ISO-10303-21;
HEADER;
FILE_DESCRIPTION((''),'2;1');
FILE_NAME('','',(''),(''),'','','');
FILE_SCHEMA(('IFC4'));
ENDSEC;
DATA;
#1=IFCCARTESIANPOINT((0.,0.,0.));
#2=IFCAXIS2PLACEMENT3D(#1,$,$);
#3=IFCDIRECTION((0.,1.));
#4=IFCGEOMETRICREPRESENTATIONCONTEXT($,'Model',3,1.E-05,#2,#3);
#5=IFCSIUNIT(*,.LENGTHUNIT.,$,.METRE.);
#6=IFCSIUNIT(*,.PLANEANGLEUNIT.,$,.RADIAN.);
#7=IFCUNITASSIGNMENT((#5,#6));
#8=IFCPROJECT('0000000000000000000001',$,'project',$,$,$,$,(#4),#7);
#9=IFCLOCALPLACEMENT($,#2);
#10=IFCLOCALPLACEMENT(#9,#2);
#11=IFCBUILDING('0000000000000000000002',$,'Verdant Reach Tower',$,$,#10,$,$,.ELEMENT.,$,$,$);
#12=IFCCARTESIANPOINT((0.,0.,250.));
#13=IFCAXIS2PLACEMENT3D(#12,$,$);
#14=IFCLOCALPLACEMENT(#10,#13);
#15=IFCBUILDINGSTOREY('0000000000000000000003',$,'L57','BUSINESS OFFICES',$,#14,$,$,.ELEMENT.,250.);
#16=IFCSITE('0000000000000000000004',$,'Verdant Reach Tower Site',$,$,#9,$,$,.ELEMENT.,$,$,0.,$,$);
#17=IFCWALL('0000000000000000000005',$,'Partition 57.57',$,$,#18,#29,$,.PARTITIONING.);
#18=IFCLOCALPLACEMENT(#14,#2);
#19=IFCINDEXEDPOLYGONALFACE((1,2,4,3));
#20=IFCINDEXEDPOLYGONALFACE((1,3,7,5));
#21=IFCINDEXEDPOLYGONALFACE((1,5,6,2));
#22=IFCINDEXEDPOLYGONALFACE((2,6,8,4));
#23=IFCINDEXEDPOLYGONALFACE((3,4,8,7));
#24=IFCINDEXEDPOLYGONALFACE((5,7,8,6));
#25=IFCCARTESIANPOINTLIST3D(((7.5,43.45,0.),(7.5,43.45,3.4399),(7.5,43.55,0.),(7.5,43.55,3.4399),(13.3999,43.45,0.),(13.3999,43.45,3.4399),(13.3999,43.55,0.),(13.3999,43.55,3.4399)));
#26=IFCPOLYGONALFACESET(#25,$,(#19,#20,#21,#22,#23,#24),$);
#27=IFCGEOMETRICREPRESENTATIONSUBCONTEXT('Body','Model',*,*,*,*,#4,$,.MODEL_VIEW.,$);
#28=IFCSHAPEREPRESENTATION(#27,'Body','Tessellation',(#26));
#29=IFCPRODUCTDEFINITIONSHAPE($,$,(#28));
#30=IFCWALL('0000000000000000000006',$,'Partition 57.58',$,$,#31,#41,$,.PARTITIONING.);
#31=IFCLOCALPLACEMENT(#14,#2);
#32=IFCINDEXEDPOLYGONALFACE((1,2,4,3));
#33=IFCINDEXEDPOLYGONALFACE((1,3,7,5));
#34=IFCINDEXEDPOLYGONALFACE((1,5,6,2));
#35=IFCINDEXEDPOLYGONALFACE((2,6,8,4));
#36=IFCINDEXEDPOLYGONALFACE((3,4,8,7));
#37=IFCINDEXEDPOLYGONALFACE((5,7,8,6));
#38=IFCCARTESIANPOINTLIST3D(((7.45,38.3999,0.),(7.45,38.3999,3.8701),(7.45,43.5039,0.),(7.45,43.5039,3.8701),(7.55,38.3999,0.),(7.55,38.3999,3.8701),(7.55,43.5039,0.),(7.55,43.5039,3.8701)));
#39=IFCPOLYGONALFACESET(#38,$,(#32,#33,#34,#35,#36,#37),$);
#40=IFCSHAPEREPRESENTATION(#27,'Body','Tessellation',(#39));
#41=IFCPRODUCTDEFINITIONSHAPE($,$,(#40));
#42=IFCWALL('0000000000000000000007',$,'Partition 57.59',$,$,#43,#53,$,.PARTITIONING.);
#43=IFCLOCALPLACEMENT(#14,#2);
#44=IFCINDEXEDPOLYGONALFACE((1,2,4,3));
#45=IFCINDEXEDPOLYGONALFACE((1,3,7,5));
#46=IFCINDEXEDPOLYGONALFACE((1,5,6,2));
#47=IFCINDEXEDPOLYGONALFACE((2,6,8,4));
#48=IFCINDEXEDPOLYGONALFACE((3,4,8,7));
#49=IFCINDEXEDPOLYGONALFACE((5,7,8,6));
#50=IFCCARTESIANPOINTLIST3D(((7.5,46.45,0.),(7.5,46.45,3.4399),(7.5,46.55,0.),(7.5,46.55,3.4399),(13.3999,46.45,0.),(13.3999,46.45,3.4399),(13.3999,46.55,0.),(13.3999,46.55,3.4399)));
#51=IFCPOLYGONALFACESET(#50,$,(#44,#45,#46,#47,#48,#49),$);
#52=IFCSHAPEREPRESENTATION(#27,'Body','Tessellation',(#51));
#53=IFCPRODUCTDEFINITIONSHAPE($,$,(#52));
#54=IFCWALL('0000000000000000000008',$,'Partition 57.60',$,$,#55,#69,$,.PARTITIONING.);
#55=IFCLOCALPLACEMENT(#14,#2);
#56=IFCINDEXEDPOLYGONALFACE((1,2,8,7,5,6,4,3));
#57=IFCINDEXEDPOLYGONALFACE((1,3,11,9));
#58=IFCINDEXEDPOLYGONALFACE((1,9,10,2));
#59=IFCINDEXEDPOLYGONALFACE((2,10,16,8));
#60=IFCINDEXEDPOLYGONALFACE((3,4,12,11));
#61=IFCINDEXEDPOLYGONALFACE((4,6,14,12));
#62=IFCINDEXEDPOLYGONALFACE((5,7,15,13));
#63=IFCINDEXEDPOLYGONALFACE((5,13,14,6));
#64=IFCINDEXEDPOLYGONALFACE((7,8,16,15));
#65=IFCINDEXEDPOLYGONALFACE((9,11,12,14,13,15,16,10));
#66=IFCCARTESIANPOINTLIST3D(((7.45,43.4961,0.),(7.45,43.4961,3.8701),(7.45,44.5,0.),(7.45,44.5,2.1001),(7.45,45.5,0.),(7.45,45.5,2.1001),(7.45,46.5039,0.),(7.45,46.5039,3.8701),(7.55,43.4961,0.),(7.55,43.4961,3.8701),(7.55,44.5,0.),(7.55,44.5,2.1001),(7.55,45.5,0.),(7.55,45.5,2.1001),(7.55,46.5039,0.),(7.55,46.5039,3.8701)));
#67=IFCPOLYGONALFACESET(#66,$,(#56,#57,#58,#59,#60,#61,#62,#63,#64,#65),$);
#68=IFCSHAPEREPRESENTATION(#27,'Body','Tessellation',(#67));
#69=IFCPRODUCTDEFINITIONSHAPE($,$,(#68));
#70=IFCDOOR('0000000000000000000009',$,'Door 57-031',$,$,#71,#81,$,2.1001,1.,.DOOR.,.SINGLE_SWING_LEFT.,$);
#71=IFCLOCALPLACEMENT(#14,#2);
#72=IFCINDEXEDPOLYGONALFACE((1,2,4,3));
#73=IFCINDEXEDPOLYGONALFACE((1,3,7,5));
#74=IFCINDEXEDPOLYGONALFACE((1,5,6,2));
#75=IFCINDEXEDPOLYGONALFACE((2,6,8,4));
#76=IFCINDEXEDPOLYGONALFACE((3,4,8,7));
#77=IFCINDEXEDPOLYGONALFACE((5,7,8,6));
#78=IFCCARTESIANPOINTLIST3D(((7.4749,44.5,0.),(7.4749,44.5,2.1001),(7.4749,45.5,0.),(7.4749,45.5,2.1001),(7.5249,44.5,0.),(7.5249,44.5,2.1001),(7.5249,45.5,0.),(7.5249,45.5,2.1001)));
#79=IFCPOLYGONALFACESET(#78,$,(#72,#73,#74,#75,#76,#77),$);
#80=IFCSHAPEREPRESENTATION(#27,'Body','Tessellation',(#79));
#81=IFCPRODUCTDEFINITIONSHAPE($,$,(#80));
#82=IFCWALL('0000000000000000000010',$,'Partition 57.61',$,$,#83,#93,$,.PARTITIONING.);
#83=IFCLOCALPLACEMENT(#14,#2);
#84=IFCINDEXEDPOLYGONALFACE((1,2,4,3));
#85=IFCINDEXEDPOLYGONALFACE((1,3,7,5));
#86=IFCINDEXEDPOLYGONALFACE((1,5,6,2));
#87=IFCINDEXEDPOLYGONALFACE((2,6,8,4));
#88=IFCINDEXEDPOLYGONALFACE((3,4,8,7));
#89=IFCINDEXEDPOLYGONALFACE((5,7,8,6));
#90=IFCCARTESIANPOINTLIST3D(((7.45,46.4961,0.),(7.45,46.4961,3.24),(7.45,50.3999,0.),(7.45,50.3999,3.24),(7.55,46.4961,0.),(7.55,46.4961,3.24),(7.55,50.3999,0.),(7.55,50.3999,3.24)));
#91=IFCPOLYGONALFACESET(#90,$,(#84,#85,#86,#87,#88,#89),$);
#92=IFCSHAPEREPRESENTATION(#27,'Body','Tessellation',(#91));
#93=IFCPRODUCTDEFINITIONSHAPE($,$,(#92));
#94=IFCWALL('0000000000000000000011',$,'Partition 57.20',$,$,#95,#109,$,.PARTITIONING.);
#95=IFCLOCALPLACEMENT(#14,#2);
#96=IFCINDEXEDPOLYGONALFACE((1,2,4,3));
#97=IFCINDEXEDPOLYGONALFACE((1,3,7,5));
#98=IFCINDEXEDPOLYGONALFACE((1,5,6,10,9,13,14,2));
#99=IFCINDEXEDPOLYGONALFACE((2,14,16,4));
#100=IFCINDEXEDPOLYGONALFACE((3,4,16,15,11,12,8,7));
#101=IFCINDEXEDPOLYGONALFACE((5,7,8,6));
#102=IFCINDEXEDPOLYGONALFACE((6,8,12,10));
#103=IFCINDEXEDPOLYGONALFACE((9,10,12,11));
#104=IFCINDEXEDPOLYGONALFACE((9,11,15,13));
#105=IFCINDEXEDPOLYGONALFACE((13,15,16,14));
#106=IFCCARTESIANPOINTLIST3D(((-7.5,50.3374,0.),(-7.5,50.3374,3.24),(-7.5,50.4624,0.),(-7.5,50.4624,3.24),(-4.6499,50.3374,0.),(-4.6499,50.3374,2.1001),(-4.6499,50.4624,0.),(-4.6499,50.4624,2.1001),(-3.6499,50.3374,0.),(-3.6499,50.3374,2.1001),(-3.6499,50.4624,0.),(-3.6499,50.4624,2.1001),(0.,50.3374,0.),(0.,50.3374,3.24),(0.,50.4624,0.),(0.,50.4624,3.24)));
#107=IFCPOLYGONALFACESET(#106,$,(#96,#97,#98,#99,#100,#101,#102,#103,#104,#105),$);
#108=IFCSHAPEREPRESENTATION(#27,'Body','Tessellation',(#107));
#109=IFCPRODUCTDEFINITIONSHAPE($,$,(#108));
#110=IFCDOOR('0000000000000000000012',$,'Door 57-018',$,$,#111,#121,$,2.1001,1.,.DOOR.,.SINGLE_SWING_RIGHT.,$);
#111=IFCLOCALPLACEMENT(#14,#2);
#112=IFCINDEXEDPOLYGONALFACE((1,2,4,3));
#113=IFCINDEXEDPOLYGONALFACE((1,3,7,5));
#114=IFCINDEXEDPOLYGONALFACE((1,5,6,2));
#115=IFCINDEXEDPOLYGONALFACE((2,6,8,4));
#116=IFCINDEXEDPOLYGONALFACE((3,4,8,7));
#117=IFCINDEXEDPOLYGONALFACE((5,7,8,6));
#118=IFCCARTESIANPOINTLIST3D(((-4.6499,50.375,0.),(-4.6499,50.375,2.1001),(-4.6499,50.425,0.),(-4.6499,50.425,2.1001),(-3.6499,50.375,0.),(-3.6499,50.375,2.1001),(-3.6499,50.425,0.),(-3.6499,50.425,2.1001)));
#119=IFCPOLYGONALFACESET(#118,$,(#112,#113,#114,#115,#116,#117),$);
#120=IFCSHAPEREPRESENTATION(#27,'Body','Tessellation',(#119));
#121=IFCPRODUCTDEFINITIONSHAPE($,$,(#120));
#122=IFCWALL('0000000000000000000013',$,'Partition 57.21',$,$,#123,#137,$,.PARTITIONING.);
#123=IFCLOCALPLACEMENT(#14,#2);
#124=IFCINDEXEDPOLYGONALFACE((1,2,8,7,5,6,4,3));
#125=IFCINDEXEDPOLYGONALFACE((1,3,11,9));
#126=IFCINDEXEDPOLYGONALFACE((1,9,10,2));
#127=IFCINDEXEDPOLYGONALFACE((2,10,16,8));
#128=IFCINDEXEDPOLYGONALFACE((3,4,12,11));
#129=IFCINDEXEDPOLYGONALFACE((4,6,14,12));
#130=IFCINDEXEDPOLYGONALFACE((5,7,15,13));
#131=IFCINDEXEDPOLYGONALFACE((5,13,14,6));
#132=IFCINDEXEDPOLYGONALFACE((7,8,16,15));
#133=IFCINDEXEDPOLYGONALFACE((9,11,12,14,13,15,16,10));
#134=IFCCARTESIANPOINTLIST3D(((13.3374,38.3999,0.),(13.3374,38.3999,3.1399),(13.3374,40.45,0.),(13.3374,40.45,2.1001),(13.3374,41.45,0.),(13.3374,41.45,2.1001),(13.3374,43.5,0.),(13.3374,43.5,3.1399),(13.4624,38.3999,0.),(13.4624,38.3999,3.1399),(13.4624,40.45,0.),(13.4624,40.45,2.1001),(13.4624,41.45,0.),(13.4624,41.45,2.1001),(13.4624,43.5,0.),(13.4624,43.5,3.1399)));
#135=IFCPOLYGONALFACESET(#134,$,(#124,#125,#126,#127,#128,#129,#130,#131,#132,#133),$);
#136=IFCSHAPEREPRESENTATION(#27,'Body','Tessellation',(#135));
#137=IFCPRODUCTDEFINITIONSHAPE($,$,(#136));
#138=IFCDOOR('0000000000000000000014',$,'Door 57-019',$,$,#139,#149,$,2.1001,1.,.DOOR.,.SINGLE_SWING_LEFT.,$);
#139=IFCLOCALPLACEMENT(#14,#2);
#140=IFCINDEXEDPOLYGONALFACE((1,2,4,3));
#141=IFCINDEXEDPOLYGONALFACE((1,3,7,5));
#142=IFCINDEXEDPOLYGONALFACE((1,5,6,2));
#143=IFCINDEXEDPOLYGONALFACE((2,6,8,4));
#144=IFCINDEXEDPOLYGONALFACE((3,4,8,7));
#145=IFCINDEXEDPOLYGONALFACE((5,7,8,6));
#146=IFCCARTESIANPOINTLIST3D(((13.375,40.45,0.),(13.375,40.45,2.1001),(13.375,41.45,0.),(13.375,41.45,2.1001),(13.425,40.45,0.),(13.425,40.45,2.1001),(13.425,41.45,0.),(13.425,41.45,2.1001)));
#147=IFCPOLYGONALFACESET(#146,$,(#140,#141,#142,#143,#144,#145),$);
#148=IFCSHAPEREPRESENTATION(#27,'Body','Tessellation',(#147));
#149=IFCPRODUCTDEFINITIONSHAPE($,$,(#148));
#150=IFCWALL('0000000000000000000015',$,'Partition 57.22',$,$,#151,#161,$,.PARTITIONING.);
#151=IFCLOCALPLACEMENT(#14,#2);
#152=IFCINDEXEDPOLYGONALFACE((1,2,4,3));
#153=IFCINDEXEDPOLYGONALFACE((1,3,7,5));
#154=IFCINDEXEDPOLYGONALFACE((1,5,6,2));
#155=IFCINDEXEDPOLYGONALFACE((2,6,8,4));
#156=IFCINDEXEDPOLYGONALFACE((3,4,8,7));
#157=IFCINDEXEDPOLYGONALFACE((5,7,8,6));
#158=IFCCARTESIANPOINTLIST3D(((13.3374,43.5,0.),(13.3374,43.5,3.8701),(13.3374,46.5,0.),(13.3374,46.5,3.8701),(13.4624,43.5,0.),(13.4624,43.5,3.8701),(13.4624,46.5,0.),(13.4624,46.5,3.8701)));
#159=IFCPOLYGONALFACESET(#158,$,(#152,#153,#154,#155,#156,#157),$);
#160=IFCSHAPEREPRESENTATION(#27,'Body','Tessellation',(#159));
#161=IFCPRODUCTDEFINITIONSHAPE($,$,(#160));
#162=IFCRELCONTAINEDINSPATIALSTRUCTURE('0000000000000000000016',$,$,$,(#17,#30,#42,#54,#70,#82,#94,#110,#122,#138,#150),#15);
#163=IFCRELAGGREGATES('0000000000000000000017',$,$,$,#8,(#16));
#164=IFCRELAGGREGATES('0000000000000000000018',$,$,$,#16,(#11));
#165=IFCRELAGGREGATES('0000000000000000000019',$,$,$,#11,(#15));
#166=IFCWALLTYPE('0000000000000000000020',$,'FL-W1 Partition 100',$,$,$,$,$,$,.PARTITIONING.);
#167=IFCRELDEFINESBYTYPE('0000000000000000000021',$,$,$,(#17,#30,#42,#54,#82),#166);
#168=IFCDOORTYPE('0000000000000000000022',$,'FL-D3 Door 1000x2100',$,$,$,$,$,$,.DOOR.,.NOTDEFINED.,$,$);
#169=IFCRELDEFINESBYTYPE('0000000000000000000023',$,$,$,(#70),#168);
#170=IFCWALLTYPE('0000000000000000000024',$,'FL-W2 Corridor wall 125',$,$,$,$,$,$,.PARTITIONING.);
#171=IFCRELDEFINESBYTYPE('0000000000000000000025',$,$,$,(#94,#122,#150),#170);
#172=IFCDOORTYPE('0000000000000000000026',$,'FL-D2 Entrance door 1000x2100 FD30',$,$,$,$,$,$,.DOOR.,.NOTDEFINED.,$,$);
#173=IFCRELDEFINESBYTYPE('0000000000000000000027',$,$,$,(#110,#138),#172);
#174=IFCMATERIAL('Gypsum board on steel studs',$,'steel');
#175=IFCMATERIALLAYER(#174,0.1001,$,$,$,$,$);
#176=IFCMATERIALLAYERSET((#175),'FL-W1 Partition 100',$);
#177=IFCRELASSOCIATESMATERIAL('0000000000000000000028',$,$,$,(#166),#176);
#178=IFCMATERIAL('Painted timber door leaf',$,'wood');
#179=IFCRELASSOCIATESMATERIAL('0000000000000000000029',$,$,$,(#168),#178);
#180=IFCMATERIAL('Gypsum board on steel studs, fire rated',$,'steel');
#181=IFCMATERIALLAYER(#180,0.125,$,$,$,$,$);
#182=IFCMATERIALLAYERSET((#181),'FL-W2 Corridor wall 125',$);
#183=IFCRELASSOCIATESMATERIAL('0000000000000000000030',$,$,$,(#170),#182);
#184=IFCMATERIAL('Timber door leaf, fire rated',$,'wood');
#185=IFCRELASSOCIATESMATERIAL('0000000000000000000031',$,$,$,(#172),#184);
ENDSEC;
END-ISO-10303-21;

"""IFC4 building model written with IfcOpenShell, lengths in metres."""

from ifc_helpers import new_model, si_unit, direction, frame, frame_2d, origin, place, context, subcontext, project, spatial, rectangle, extrude, material, layer, layer_set, type_object, element, fill, save


model = new_model("IFC4")

# Units and contexts
model_context = context("Model", 3, precision=1e-05, world=origin(), true_north=direction((0.0, 1.0)))
body_context = subcontext(model_context, "Body", "Model", "MODEL_VIEW")
ifc_project = project(units=[si_unit("LENGTHUNIT", "METRE"), si_unit("PLANEANGLEUNIT", "RADIAN")], contexts=[model_context])

# Site, building, storey
site_placement = place(None, origin())
site = spatial("IfcSite", under=ifc_project, at=site_placement, Name="Verdant Reach Tower Site", CompositionType="ELEMENT", RefElevation=0.0)
building_placement = place(site_placement, origin())
building = spatial("IfcBuilding", under=site, at=building_placement, Name="Verdant Reach Tower", CompositionType="ELEMENT")
storey_placement = place(building_placement, frame((0.0, 0.0, 250.0)))
storey = spatial("IfcBuildingStorey", under=building, at=storey_placement, Name="L57", Description="BUSINESS OFFICES", CompositionType="ELEMENT", Elevation=250.0)

# Walls
ifc_material_1 = material(Name="Gypsum board on steel studs", Category="steel")
ifc_layer_1 = layer(ifc_material_1, 0.1001)
ifc_layer_set_1 = layer_set([ifc_layer_1], Name="FL-W1 Partition 100")
wall_type_1 = type_object("IfcWallType", Name="FL-W1 Partition 100", PredefinedType="PARTITIONING", material=ifc_layer_set_1)
wall_1_placement = place(storey_placement, frame((13.3999, 43.5, 0.0), z_axis=(0.0, 0.0, 1.0), x_axis=(-1.0, 0.0, 0.0)))
element("IfcWall", 1, at=wall_1_placement, inside=storey, type_object=wall_type_1, Name="Partition 57.57", PredefinedType="PARTITIONING", context=body_context, shape_type="SweptSolid", body=[
    extrude(rectangle(XDim=5.8999, YDim=0.1001, at=frame_2d((2.95, 0.0))), origin(), (0.0, 0.0, 1.0), 3.4399),
])
wall_2_placement = place(storey_placement, frame((7.5, 43.5039, 0.0), z_axis=(0.0, 0.0, 1.0), x_axis=(0.0, -1.0, 0.0)))
element("IfcWall", 2, at=wall_2_placement, inside=storey, type_object=wall_type_1, Name="Partition 57.58", PredefinedType="PARTITIONING", context=body_context, shape_type="SweptSolid", body=[
    extrude(rectangle(XDim=5.104, YDim=0.1001, at=frame_2d((2.552, 0.0))), origin(), (0.0, 0.0, 1.0), 3.8701),
])
wall_3_placement = place(storey_placement, frame((13.3999, 46.5, 0.0), z_axis=(0.0, 0.0, 1.0), x_axis=(-1.0, 0.0, 0.0)))
element("IfcWall", 3, at=wall_3_placement, inside=storey, type_object=wall_type_1, Name="Partition 57.59", PredefinedType="PARTITIONING", context=body_context, shape_type="SweptSolid", body=[
    extrude(rectangle(XDim=5.8999, YDim=0.1001, at=frame_2d((2.95, 0.0))), origin(), (0.0, 0.0, 1.0), 3.4399),
])

# Wall, opening, door
wall_4_placement = place(storey_placement, frame((7.5, 46.5039, 0.0), z_axis=(0.0, 0.0, 1.0), x_axis=(0.0, -1.0, 0.0)))
wall_4 = element("IfcWall", 4, at=wall_4_placement, inside=storey, type_object=wall_type_1, Name="Partition 57.60", PredefinedType="PARTITIONING", context=body_context, shape_type="SweptSolid", body=[
    extrude(rectangle(XDim=3.0078, YDim=0.1001, at=frame_2d((1.5039, 0.0))), origin(), (0.0, 0.0, 1.0), 3.8701),
])
opening_1_placement = place(wall_4_placement, frame((1.0039, 0.0, 0.0)))
opening_1 = element("IfcOpeningElement", 5, at=opening_1_placement, cuts=wall_4, PredefinedType="OPENING", context=body_context, shape_type="SweptSolid", body=[
    extrude(rectangle(XDim=1.0, YDim=2.1001, at=frame_2d((0.5, 1.05))), frame((0.0, 0.0601, 0.0), z_axis=(0.0, -1.0, 0.0), x_axis=(1.0, 0.0, 0.0)), (0.0, 0.0, 1.0), 0.1201),
])
ifc_material_2 = material(Name="Painted timber door leaf", Category="wood")
door_type_1 = type_object("IfcDoorType", Name="FL-D3 Door 1000x2100", OperationType="NOTDEFINED", PredefinedType="DOOR", material=ifc_material_2)
door_1_placement = place(opening_1_placement, origin())
door_1 = element("IfcDoor", 6, at=door_1_placement, inside=storey, type_object=door_type_1, Name="Door 57-031", OperationType="SINGLE_SWING_LEFT", OverallHeight=2.1001, OverallWidth=1.0, PredefinedType="DOOR", context=body_context, shape_type="SweptSolid", body=[
    extrude(rectangle(XDim=1.0, YDim=2.1001, at=frame_2d((0.5, 1.05))), frame((0.0, 0.0249, 0.0), z_axis=(0.0, -1.0, 0.0), x_axis=(1.0, 0.0, 0.0)), (0.0, 0.0, 1.0), 0.05),
])
fill(opening_1, door_1)

# Wall
wall_5_placement = place(storey_placement, frame((7.5, 50.3999, 0.0), z_axis=(0.0, 0.0, 1.0), x_axis=(0.0, -1.0, 0.0)))
element("IfcWall", 7, at=wall_5_placement, inside=storey, type_object=wall_type_1, Name="Partition 57.61", PredefinedType="PARTITIONING", context=body_context, shape_type="SweptSolid", body=[
    extrude(rectangle(XDim=3.9038, YDim=0.1001, at=frame_2d((1.9519, 0.0))), origin(), (0.0, 0.0, 1.0), 3.24),
])

# Walls, openings, doors
ifc_material_3 = material(Name="Gypsum board on steel studs, fire rated", Category="steel")
ifc_layer_2 = layer(ifc_material_3, 0.125)
ifc_layer_set_2 = layer_set([ifc_layer_2], Name="FL-W2 Corridor wall 125")
wall_type_2 = type_object("IfcWallType", Name="FL-W2 Corridor wall 125", PredefinedType="PARTITIONING", material=ifc_layer_set_2)
wall_6_placement = place(storey_placement, frame((0.0, 50.3999, 0.0), z_axis=(0.0, 0.0, 1.0), x_axis=(-1.0, 0.0, 0.0)))
wall_6 = element("IfcWall", 8, at=wall_6_placement, inside=storey, type_object=wall_type_2, Name="Partition 57.20", PredefinedType="PARTITIONING", context=body_context, shape_type="SweptSolid", body=[
    extrude(rectangle(XDim=7.5, YDim=0.125, at=frame_2d((3.75, 0.0))), origin(), (0.0, 0.0, 1.0), 3.24),
])
opening_2_placement = place(wall_6_placement, frame((3.6499, 0.0, 0.0)))
opening_2 = element("IfcOpeningElement", 9, at=opening_2_placement, cuts=wall_6, PredefinedType="OPENING", context=body_context, shape_type="SweptSolid", body=[
    extrude(rectangle(XDim=1.0, YDim=2.1001, at=frame_2d((0.5, 1.05))), frame((0.0, 0.0725, 0.0), z_axis=(0.0, -1.0, 0.0), x_axis=(1.0, 0.0, 0.0)), (0.0, 0.0, 1.0), 0.145),
])
ifc_material_4 = material(Name="Timber door leaf, fire rated", Category="wood")
door_type_2 = type_object("IfcDoorType", Name="FL-D2 Entrance door 1000x2100 FD30", OperationType="NOTDEFINED", PredefinedType="DOOR", material=ifc_material_4)
door_2_placement = place(opening_2_placement, origin())
door_2 = element("IfcDoor", 10, at=door_2_placement, inside=storey, type_object=door_type_2, Name="Door 57-018", OperationType="SINGLE_SWING_RIGHT", OverallHeight=2.1001, OverallWidth=1.0, PredefinedType="DOOR", context=body_context, shape_type="SweptSolid", body=[
    extrude(rectangle(XDim=1.0, YDim=2.1001, at=frame_2d((0.5, 1.05))), frame((0.0, 0.0249, 0.0), z_axis=(0.0, -1.0, 0.0), x_axis=(1.0, 0.0, 0.0)), (0.0, 0.0, 1.0), 0.05),
])
fill(opening_2, door_2)
wall_7_placement = place(storey_placement, frame((13.3999, 38.3999, 0.0), z_axis=(0.0, 0.0, 1.0), x_axis=(0.0, 1.0, 0.0)))
wall_7 = element("IfcWall", 11, at=wall_7_placement, inside=storey, type_object=wall_type_2, Name="Partition 57.21", PredefinedType="PARTITIONING", context=body_context, shape_type="SweptSolid", body=[
    extrude(rectangle(XDim=5.1001, YDim=0.125, at=frame_2d((2.55, 0.0))), origin(), (0.0, 0.0, 1.0), 3.1399),
])
opening_3_placement = place(wall_7_placement, frame((2.05, 0.0, 0.0)))
opening_3 = element("IfcOpeningElement", 12, at=opening_3_placement, cuts=wall_7, PredefinedType="OPENING", context=body_context, shape_type="SweptSolid", body=[
    extrude(rectangle(XDim=1.0, YDim=2.1001, at=frame_2d((0.5, 1.05))), frame((0.0, 0.0725, 0.0), z_axis=(0.0, -1.0, 0.0), x_axis=(1.0, 0.0, 0.0)), (0.0, 0.0, 1.0), 0.145),
])
door_3_placement = place(opening_3_placement, origin())
door_3 = element("IfcDoor", 13, at=door_3_placement, inside=storey, type_object=door_type_2, Name="Door 57-019", OperationType="SINGLE_SWING_LEFT", OverallHeight=2.1001, OverallWidth=1.0, PredefinedType="DOOR", context=body_context, shape_type="SweptSolid", body=[
    extrude(rectangle(XDim=1.0, YDim=2.1001, at=frame_2d((0.5, 1.05))), frame((0.0, 0.0249, 0.0), z_axis=(0.0, -1.0, 0.0), x_axis=(1.0, 0.0, 0.0)), (0.0, 0.0, 1.0), 0.05),
])
fill(opening_3, door_3)

# Wall
wall_8_placement = place(storey_placement, frame((13.3999, 43.5, 0.0), z_axis=(0.0, 0.0, 1.0), x_axis=(0.0, 1.0, 0.0)))
element("IfcWall", 14, at=wall_8_placement, inside=storey, type_object=wall_type_2, Name="Partition 57.22", PredefinedType="PARTITIONING", context=body_context, shape_type="SweptSolid", body=[
    extrude(rectangle(XDim=3.0, YDim=0.125, at=frame_2d((1.5, 0.0))), origin(), (0.0, 0.0, 1.0), 3.8701),
])

save(model, "model.ifc")
